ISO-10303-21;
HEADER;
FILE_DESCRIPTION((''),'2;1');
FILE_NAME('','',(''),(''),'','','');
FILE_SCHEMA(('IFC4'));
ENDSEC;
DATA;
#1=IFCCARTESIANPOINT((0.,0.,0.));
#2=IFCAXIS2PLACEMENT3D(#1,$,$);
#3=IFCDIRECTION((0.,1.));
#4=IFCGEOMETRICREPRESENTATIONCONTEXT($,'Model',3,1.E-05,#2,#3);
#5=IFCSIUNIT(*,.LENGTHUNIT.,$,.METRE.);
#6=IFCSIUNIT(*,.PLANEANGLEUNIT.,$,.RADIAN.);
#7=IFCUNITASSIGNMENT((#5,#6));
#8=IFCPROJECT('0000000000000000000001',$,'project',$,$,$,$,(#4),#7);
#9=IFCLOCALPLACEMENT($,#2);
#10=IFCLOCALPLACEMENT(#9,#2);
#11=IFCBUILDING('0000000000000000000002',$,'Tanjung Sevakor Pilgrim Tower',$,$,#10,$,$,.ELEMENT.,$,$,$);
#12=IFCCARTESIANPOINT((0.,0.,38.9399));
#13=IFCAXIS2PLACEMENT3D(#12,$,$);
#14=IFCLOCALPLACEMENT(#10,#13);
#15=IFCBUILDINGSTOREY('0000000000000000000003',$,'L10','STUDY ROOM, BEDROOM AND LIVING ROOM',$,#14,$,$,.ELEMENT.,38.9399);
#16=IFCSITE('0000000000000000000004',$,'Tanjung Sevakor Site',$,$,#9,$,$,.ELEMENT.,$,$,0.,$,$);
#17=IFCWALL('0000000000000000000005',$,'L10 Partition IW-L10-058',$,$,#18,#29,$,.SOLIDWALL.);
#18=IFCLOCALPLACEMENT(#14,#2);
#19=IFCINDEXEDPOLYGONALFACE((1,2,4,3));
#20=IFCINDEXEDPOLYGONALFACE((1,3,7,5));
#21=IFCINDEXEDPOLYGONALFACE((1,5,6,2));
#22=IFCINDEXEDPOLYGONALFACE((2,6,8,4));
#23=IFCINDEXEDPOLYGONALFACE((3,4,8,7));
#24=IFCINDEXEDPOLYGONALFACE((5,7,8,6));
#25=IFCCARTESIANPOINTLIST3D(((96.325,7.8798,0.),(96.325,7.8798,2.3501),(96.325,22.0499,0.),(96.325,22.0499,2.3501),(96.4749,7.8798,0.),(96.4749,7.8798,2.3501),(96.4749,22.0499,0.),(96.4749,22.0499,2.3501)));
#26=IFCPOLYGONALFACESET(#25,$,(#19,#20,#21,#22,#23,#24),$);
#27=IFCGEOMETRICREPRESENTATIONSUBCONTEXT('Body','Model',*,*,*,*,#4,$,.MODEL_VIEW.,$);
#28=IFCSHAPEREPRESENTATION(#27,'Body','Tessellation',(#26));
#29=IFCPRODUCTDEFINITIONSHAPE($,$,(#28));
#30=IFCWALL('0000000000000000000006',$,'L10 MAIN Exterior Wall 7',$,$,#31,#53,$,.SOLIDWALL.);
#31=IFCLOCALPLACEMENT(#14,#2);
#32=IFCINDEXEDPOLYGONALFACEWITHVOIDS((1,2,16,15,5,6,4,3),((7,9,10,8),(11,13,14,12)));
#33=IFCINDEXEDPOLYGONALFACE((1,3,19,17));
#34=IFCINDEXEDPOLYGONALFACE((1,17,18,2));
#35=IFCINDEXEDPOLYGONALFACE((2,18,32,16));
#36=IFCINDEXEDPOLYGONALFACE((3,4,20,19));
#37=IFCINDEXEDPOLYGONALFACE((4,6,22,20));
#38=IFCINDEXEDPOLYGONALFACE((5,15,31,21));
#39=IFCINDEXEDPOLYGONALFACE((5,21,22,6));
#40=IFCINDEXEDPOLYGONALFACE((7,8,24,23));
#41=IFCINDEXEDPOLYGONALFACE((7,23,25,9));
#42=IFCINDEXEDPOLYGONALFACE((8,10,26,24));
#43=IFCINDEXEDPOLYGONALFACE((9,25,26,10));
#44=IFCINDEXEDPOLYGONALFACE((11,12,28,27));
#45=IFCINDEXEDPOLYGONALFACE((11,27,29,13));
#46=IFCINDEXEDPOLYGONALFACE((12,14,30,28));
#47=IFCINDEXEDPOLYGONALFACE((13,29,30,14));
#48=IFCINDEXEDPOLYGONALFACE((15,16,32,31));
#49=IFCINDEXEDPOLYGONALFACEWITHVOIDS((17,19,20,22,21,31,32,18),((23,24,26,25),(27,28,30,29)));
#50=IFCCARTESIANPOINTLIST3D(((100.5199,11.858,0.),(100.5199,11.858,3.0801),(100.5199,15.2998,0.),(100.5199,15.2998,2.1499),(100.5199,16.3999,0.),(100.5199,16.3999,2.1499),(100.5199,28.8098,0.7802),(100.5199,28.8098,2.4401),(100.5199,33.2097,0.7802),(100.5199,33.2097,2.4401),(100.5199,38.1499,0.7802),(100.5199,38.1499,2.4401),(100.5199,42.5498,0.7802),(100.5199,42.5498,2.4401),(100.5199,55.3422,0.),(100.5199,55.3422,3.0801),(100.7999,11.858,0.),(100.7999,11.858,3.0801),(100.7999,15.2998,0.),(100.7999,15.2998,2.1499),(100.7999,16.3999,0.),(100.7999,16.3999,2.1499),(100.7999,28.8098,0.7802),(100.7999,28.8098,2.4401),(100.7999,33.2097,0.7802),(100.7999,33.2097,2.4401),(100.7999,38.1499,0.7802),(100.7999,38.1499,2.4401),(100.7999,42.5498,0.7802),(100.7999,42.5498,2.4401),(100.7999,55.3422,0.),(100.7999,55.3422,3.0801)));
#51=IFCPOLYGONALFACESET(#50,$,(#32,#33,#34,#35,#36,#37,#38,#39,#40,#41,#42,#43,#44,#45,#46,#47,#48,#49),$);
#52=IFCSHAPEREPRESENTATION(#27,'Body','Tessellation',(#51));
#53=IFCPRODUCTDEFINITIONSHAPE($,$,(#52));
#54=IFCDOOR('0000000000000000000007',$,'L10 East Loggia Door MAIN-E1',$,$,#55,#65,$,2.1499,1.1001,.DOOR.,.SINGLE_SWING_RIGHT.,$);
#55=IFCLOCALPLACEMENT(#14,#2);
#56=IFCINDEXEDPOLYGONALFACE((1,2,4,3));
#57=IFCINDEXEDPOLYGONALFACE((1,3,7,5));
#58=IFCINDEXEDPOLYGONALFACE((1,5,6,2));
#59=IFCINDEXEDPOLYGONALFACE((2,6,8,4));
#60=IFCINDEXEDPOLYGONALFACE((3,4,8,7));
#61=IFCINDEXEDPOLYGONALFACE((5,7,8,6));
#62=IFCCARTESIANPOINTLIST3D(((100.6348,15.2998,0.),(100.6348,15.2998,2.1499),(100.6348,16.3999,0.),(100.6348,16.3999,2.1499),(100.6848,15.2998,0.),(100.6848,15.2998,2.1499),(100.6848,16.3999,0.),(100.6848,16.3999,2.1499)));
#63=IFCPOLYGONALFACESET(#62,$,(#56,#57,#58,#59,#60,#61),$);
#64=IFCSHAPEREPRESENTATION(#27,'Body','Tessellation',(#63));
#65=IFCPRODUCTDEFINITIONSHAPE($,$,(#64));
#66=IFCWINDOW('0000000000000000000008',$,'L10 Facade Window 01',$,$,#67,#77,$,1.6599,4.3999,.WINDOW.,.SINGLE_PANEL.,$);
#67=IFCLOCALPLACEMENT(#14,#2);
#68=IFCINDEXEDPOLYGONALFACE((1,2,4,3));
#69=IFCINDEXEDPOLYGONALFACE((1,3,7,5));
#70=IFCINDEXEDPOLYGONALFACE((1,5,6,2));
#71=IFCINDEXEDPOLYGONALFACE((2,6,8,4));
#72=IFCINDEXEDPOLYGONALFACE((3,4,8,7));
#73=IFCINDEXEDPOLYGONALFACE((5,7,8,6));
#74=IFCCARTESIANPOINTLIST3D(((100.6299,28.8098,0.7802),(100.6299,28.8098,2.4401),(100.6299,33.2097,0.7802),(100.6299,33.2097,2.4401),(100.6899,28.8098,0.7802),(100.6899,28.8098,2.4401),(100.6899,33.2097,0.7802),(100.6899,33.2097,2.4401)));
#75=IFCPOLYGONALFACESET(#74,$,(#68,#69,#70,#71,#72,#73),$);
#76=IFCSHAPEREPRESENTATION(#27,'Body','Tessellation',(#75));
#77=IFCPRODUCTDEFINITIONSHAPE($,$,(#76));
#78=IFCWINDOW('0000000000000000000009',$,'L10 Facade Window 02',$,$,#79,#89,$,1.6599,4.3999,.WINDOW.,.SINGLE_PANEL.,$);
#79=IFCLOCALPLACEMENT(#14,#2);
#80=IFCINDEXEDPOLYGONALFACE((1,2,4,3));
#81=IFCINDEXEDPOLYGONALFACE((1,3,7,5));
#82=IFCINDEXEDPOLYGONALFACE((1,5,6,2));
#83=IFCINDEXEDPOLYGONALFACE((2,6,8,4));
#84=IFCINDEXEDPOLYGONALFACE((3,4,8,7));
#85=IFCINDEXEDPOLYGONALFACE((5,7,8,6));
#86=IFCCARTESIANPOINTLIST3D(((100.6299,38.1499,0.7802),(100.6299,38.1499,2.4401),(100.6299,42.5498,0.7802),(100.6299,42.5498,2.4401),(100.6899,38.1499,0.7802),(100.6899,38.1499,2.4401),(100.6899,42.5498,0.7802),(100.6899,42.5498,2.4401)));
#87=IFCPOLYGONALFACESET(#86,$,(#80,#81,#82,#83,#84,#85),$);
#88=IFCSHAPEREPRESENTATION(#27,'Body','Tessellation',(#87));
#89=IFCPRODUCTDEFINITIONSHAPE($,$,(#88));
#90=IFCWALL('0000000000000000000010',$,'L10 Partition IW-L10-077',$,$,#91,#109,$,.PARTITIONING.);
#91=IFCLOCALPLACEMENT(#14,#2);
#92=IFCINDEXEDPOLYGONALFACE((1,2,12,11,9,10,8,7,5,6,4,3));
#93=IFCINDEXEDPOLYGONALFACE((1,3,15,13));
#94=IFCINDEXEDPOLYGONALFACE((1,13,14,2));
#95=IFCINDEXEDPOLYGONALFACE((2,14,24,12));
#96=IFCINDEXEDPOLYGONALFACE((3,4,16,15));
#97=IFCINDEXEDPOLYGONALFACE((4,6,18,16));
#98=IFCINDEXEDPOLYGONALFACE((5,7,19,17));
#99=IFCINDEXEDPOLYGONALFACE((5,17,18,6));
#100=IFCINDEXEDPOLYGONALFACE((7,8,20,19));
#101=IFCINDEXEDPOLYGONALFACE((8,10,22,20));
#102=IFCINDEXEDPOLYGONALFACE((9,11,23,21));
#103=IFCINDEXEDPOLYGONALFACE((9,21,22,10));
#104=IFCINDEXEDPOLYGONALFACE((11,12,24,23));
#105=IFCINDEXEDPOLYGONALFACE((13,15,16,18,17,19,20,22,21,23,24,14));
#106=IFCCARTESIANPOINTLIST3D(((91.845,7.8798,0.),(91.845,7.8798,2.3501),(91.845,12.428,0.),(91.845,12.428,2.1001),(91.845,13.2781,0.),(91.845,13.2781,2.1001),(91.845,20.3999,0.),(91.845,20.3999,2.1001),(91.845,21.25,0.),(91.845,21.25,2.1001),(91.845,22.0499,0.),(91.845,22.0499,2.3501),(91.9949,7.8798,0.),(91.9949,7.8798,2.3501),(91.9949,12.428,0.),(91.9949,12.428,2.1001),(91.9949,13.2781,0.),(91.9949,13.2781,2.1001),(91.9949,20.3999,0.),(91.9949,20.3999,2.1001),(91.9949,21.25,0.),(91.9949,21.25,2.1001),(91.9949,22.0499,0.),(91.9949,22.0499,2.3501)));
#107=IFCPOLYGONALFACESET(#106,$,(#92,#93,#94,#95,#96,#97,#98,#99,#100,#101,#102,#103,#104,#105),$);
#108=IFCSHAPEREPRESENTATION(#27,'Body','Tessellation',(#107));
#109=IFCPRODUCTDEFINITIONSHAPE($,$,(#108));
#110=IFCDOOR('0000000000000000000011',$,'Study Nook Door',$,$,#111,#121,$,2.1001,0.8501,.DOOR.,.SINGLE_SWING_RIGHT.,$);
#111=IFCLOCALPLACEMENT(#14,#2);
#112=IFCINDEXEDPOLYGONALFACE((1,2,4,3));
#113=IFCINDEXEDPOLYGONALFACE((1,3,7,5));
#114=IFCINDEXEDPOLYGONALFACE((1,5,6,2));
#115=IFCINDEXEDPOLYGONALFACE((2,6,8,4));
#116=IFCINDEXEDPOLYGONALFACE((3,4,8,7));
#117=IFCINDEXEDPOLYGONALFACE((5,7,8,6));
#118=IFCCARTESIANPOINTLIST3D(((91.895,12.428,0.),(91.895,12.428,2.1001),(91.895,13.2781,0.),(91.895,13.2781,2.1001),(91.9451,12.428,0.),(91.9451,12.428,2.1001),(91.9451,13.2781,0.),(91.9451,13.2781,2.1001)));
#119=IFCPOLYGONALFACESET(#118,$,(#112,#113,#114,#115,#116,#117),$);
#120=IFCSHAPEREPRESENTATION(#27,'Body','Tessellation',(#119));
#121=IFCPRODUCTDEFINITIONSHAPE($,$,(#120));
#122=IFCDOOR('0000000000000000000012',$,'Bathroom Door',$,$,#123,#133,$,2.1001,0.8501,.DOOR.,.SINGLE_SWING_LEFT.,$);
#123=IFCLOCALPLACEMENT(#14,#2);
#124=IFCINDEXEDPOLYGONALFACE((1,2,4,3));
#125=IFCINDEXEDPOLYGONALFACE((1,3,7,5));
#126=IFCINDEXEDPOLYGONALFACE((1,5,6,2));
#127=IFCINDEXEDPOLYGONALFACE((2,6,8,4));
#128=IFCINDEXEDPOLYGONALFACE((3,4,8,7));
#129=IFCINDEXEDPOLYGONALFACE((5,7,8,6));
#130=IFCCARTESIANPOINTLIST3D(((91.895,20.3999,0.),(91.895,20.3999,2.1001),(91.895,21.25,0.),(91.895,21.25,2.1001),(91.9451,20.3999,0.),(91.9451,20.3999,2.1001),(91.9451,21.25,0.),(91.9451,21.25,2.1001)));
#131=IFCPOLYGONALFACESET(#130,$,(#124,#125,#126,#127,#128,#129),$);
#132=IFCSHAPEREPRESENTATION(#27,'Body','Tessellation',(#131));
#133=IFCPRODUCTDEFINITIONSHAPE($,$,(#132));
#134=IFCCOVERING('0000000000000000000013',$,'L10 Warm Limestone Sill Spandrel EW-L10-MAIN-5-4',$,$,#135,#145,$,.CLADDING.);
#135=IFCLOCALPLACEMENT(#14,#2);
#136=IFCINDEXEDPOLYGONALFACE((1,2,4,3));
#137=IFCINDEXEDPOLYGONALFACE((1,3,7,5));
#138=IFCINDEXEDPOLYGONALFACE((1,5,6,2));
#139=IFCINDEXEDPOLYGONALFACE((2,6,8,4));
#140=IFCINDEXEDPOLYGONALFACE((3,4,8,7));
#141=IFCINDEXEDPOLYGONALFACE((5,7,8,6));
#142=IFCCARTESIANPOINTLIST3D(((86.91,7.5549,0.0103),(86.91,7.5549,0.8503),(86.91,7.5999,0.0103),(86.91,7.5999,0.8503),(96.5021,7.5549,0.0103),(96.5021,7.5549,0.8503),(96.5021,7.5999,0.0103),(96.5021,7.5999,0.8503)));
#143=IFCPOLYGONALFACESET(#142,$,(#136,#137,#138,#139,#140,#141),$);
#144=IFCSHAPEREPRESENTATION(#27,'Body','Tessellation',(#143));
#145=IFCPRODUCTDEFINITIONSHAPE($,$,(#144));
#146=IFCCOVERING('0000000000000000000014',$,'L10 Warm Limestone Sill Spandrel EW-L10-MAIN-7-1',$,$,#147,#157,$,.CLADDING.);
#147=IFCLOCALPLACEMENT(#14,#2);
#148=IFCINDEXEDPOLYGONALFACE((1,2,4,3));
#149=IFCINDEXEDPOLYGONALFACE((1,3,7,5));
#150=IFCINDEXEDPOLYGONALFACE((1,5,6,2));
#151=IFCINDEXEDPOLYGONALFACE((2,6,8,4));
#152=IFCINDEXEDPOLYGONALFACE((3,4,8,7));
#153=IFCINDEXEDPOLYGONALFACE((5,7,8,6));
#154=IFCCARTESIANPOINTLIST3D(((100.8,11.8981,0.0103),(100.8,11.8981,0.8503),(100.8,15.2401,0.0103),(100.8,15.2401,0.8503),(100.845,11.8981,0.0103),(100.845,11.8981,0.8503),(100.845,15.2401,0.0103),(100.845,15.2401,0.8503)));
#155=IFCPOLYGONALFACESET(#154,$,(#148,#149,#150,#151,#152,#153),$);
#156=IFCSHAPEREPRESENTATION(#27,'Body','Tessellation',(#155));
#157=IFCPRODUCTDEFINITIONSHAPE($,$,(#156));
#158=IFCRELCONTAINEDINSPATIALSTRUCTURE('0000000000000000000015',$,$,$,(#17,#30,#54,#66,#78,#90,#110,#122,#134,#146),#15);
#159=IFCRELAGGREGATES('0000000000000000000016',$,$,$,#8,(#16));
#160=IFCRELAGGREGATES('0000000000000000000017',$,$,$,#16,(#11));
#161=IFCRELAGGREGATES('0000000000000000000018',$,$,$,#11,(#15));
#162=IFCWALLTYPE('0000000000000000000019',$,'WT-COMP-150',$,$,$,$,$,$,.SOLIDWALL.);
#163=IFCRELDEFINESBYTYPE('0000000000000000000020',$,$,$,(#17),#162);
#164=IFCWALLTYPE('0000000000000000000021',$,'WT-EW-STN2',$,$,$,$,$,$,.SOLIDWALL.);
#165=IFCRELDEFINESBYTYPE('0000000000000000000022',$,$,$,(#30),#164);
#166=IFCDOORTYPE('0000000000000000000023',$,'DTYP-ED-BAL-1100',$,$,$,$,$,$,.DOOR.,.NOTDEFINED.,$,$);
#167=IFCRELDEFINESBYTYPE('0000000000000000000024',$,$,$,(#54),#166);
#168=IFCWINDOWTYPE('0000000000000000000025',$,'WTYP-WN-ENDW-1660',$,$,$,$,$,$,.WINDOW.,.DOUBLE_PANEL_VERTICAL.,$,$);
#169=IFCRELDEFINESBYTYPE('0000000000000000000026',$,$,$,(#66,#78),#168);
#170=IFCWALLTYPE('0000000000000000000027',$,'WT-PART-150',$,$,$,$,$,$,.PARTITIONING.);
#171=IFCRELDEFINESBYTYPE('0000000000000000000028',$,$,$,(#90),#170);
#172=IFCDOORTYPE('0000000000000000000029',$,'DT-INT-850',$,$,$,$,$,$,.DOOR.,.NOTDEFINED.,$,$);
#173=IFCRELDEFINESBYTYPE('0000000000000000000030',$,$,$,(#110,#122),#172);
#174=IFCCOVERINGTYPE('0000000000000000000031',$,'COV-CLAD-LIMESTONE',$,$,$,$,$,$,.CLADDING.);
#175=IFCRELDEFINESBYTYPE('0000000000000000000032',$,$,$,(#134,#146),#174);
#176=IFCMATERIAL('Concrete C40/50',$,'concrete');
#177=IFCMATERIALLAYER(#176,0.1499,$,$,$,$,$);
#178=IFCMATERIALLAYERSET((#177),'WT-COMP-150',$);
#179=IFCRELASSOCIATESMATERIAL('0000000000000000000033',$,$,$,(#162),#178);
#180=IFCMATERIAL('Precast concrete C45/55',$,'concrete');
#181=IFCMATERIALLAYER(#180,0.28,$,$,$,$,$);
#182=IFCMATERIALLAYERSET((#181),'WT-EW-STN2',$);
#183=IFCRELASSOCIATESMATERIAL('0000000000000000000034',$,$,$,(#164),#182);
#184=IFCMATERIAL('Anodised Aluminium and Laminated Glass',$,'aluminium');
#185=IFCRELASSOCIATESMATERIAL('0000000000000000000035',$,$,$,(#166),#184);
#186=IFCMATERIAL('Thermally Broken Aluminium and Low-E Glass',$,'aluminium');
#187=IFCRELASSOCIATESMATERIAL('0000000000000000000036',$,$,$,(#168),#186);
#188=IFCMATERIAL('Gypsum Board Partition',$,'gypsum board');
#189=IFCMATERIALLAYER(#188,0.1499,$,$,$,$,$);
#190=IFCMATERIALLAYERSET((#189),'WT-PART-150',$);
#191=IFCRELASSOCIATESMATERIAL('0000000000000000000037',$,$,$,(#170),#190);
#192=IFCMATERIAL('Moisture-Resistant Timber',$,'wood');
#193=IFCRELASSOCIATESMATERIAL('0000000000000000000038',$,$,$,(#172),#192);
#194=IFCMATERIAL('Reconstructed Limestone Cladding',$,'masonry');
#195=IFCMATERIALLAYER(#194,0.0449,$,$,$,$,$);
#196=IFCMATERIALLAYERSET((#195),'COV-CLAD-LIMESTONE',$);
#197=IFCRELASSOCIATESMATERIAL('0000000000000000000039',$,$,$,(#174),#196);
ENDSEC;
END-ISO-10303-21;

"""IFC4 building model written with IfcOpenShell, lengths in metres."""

from ifc_helpers import new_model, si_unit, direction, frame, frame_2d, origin, origin_2d, place, context, subcontext, project, spatial, rectangle, extrude, material, layer, layer_set, type_object, element, fill, save


model = new_model("IFC4")

# Units and contexts
model_context = context("Model", 3, precision=1e-05, world=origin(), true_north=direction((0.0, 1.0)))
body_context = subcontext(model_context, "Body", "Model", "MODEL_VIEW")
ifc_project = project(units=[si_unit("LENGTHUNIT", "METRE"), si_unit("PLANEANGLEUNIT", "RADIAN")], contexts=[model_context])

# Site, building, storey
site_placement = place(None, origin())
site = spatial("IfcSite", under=ifc_project, at=site_placement, Name="Tanjung Sevakor Site", CompositionType="ELEMENT", RefElevation=0.0)
building_placement = place(site_placement, origin())
building = spatial("IfcBuilding", under=site, at=building_placement, Name="Tanjung Sevakor Pilgrim Tower", CompositionType="ELEMENT")
storey_placement = place(building_placement, frame((0.0, 0.0, 38.9399)))
storey = spatial("IfcBuildingStorey", under=building, at=storey_placement, Name="L10", Description="STUDY ROOM, BEDROOM AND LIVING ROOM", CompositionType="ELEMENT", Elevation=38.9399)

# Wall
ifc_material_1 = material(Name="Concrete C40/50", Category="concrete")
ifc_layer_1 = layer(ifc_material_1, 0.1499)
ifc_layer_set_1 = layer_set([ifc_layer_1], Name="WT-COMP-150")
wall_type_1 = type_object("IfcWallType", Name="WT-COMP-150", PredefinedType="SOLIDWALL", material=ifc_layer_set_1)
wall_1_placement = place(storey_placement, frame((96.3999, 7.8799, 0.0), z_axis=(0.0, 0.0, 1.0), x_axis=(0.0, 1.0, 0.0)))
element("IfcWall", 1, at=wall_1_placement, inside=storey, type_object=wall_type_1, Name="L10 Partition IW-L10-058", PredefinedType="SOLIDWALL", context=body_context, shape_type="SweptSolid", body=[
    extrude(rectangle(XDim=14.1702, YDim=0.1499, at=frame_2d((7.085, 0.0))), origin(), (0.0, 0.0, 1.0), 2.3501),
])

# Wall, openings, door, windows
ifc_material_2 = material(Name="Precast concrete C45/55", Category="concrete")
ifc_layer_2 = layer(ifc_material_2, 0.28)
ifc_layer_set_2 = layer_set([ifc_layer_2], Name="WT-EW-STN2")
wall_type_2 = type_object("IfcWallType", Name="WT-EW-STN2", PredefinedType="SOLIDWALL", material=ifc_layer_set_2)
wall_2_placement = place(storey_placement, frame((100.6599, 11.8579, 0.0), z_axis=(0.0, 0.0, 1.0), x_axis=(0.0, 1.0, 0.0)))
wall_2 = element("IfcWall", 2, at=wall_2_placement, inside=storey, type_object=wall_type_2, Name="L10 MAIN Exterior Wall 7", PredefinedType="SOLIDWALL", context=body_context, shape_type="SweptSolid", body=[
    extrude(rectangle(XDim=43.4841, YDim=0.28, at=frame_2d((21.7422, 0.0))), origin(), (0.0, 0.0, 1.0), 3.0801),
])
opening_1_placement = place(wall_2_placement, frame((3.4419, 0.0, 0.0)))
opening_1 = element("IfcOpeningElement", 3, at=opening_1_placement, cuts=wall_2, PredefinedType="OPENING", context=body_context, shape_type="SweptSolid", body=[
    extrude(rectangle(XDim=1.1001, YDim=2.1499, at=frame_2d((0.55, 1.075))), frame((0.0, 0.1499, 0.0), z_axis=(0.0, -1.0, 0.0), x_axis=(1.0, 0.0, 0.0)), (0.0, 0.0, 1.0), 0.3),
])
opening_2_placement = place(wall_2_placement, frame((16.9519, 0.0, 0.78)))
opening_2 = element("IfcOpeningElement", 4, at=opening_2_placement, cuts=wall_2, PredefinedType="OPENING", context=body_context, shape_type="SweptSolid", body=[
    extrude(rectangle(XDim=4.3999, YDim=1.6599, at=frame_2d((2.2, 0.8301))), frame((0.0, 0.1499, 0.0), z_axis=(0.0, -1.0, 0.0), x_axis=(1.0, 0.0, 0.0)), (0.0, 0.0, 1.0), 0.3),
])
opening_3_placement = place(wall_2_placement, frame((26.292, 0.0, 0.78)))
opening_3 = element("IfcOpeningElement", 5, at=opening_3_placement, cuts=wall_2, PredefinedType="OPENING", context=body_context, shape_type="SweptSolid", body=[
    extrude(rectangle(XDim=4.3999, YDim=1.6599, at=frame_2d((2.2, 0.8301))), frame((0.0, 0.1499, 0.0), z_axis=(0.0, -1.0, 0.0), x_axis=(1.0, 0.0, 0.0)), (0.0, 0.0, 1.0), 0.3),
])
ifc_material_3 = material(Name="Anodised Aluminium and Laminated Glass", Category="aluminium")
door_type_1 = type_object("IfcDoorType", Name="DTYP-ED-BAL-1100", OperationType="NOTDEFINED", PredefinedType="DOOR", material=ifc_material_3)
door_1_placement = place(opening_1_placement, frame((1.1001, 0.0, 0.0), z_axis=(0.0, 0.0, 1.0), x_axis=(-1.0, 0.0, 0.0)))
door_1 = element("IfcDoor", 6, at=door_1_placement, inside=storey, type_object=door_type_1, Name="L10 East Loggia Door MAIN-E1", OperationType="SINGLE_SWING_RIGHT", OverallHeight=2.1499, OverallWidth=1.1001, PredefinedType="DOOR", context=body_context, shape_type="SweptSolid", body=[
    extrude(rectangle(XDim=1.1001, YDim=2.1499, at=frame_2d((0.55, 1.075))), frame((0.0, 0.0249, 0.0), z_axis=(0.0, -1.0, 0.0), x_axis=(1.0, 0.0, 0.0)), (0.0, 0.0, 1.0), 0.05),
])
fill(opening_1, door_1)
ifc_material_4 = material(Name="Thermally Broken Aluminium and Low-E Glass", Category="aluminium")
window_type = type_object("IfcWindowType", Name="WTYP-WN-ENDW-1660", PartitioningType="DOUBLE_PANEL_VERTICAL", PredefinedType="WINDOW", material=ifc_material_4)
window_1_placement = place(opening_2_placement, origin())
window_1 = element("IfcWindow", 7, at=window_1_placement, inside=storey, type_object=window_type, Name="L10 Facade Window 01", OverallHeight=1.6599, OverallWidth=4.3999, PartitioningType="SINGLE_PANEL", PredefinedType="WINDOW", context=body_context, shape_type="SweptSolid", body=[
    extrude(rectangle(XDim=4.3999, YDim=1.6599, at=frame_2d((2.2, 0.8301))), frame((0.0, 0.03, 0.0), z_axis=(0.0, -1.0, 0.0), x_axis=(1.0, 0.0, 0.0)), (0.0, 0.0, 1.0), 0.0601),
])
fill(opening_2, window_1)
window_2_placement = place(opening_3_placement, origin())
window_2 = element("IfcWindow", 8, at=window_2_placement, inside=storey, type_object=window_type, Name="L10 Facade Window 02", OverallHeight=1.6599, OverallWidth=4.3999, PartitioningType="SINGLE_PANEL", PredefinedType="WINDOW", context=body_context, shape_type="SweptSolid", body=[
    extrude(rectangle(XDim=4.3999, YDim=1.6599, at=frame_2d((2.2, 0.8301))), frame((0.0, 0.03, 0.0), z_axis=(0.0, -1.0, 0.0), x_axis=(1.0, 0.0, 0.0)), (0.0, 0.0, 1.0), 0.0601),
])
fill(opening_3, window_2)

# Wall, openings, doors
ifc_material_5 = material(Name="Gypsum Board Partition", Category="gypsum board")
ifc_layer_3 = layer(ifc_material_5, 0.1499)
ifc_layer_set_3 = layer_set([ifc_layer_3], Name="WT-PART-150")
wall_type_3 = type_object("IfcWallType", Name="WT-PART-150", PredefinedType="PARTITIONING", material=ifc_layer_set_3)
wall_3_placement = place(storey_placement, frame((91.9199, 7.8799, 0.0), z_axis=(0.0, 0.0, 1.0), x_axis=(0.0, 1.0, 0.0)))
wall_3 = element("IfcWall", 9, at=wall_3_placement, inside=storey, type_object=wall_type_3, Name="L10 Partition IW-L10-077", PredefinedType="PARTITIONING", context=body_context, shape_type="SweptSolid", body=[
    extrude(rectangle(XDim=14.1702, YDim=0.1499, at=frame_2d((7.085, 0.0))), origin(), (0.0, 0.0, 1.0), 2.3501),
])
opening_4_placement = place(wall_3_placement, frame((4.5481, 0.0, 0.0)))
opening_4 = element("IfcOpeningElement", 10, at=opening_4_placement, cuts=wall_3, PredefinedType="OPENING", context=body_context, shape_type="SweptSolid", body=[
    extrude(rectangle(XDim=0.8501, YDim=2.1001, at=frame_2d((0.425, 1.05))), frame((0.0, 0.085, 0.0), z_axis=(0.0, -1.0, 0.0), x_axis=(1.0, 0.0, 0.0)), (0.0, 0.0, 1.0), 0.1699),
])
opening_5_placement = place(wall_3_placement, frame((12.52, 0.0, 0.0)))
opening_5 = element("IfcOpeningElement", 11, at=opening_5_placement, cuts=wall_3, PredefinedType="OPENING", context=body_context, shape_type="SweptSolid", body=[
    extrude(rectangle(XDim=0.8501, YDim=2.1001, at=frame_2d((0.425, 1.05))), frame((0.0, 0.085, 0.0), z_axis=(0.0, -1.0, 0.0), x_axis=(1.0, 0.0, 0.0)), (0.0, 0.0, 1.0), 0.1699),
])
ifc_material_6 = material(Name="Moisture-Resistant Timber", Category="wood")
door_type_2 = type_object("IfcDoorType", Name="DT-INT-850", OperationType="NOTDEFINED", PredefinedType="DOOR", material=ifc_material_6)
door_2_placement = place(opening_4_placement, origin())
door_2 = element("IfcDoor", 12, at=door_2_placement, inside=storey, type_object=door_type_2, Name="Study Nook Door", OperationType="SINGLE_SWING_RIGHT", OverallHeight=2.1001, OverallWidth=0.8501, PredefinedType="DOOR", context=body_context, shape_type="SweptSolid", body=[
    extrude(rectangle(XDim=0.8501, YDim=2.1001, at=frame_2d((0.425, 1.05))), frame((0.0, 0.0249, 0.0), z_axis=(0.0, -1.0, 0.0), x_axis=(1.0, 0.0, 0.0)), (0.0, 0.0, 1.0), 0.05),
])
fill(opening_4, door_2)
door_3_placement = place(opening_5_placement, origin())
door_3 = element("IfcDoor", 13, at=door_3_placement, inside=storey, type_object=door_type_2, Name="Bathroom Door", OperationType="SINGLE_SWING_LEFT", OverallHeight=2.1001, OverallWidth=0.8501, PredefinedType="DOOR", context=body_context, shape_type="SweptSolid", body=[
    extrude(rectangle(XDim=0.8501, YDim=2.1001, at=frame_2d((0.425, 1.05))), frame((0.0, 0.0249, 0.0), z_axis=(0.0, -1.0, 0.0), x_axis=(1.0, 0.0, 0.0)), (0.0, 0.0, 1.0), 0.05),
])
fill(opening_5, door_3)

# Coverings
ifc_material_7 = material(Name="Reconstructed Limestone Cladding", Category="masonry")
ifc_layer_4 = layer(ifc_material_7, 0.0449)
ifc_layer_set_4 = layer_set([ifc_layer_4], Name="COV-CLAD-LIMESTONE")
covering_type = type_object("IfcCoveringType", Name="COV-CLAD-LIMESTONE", PredefinedType="CLADDING", material=ifc_layer_set_4)
covering_1_placement = place(storey_placement, frame((91.7061, 7.5774, 0.0103), z_axis=(0.0, 0.0, 1.0), x_axis=(1.0, 0.0, 0.0)))
element("IfcCovering", 14, at=covering_1_placement, inside=storey, type_object=covering_type, Name="L10 Warm Limestone Sill Spandrel EW-L10-MAIN-5-4", PredefinedType="CLADDING", context=body_context, shape_type="SweptSolid", body=[
    extrude(rectangle(XDim=9.592, YDim=0.0449, at=origin_2d()), origin(), (0.0, 0.0, 1.0), 0.8401),
])
covering_2_placement = place(storey_placement, frame((100.8225, 13.5691, 0.0103), z_axis=(0.0, 0.0, 1.0), x_axis=(0.0, 1.0, 0.0)))
element("IfcCovering", 15, at=covering_2_placement, inside=storey, type_object=covering_type, Name="L10 Warm Limestone Sill Spandrel EW-L10-MAIN-7-1", PredefinedType="CLADDING", context=body_context, shape_type="SweptSolid", body=[
    extrude(rectangle(XDim=3.342, YDim=0.0449, at=origin_2d()), origin(), (0.0, 0.0, 1.0), 0.8401),
])

save(model, "model.ifc")
